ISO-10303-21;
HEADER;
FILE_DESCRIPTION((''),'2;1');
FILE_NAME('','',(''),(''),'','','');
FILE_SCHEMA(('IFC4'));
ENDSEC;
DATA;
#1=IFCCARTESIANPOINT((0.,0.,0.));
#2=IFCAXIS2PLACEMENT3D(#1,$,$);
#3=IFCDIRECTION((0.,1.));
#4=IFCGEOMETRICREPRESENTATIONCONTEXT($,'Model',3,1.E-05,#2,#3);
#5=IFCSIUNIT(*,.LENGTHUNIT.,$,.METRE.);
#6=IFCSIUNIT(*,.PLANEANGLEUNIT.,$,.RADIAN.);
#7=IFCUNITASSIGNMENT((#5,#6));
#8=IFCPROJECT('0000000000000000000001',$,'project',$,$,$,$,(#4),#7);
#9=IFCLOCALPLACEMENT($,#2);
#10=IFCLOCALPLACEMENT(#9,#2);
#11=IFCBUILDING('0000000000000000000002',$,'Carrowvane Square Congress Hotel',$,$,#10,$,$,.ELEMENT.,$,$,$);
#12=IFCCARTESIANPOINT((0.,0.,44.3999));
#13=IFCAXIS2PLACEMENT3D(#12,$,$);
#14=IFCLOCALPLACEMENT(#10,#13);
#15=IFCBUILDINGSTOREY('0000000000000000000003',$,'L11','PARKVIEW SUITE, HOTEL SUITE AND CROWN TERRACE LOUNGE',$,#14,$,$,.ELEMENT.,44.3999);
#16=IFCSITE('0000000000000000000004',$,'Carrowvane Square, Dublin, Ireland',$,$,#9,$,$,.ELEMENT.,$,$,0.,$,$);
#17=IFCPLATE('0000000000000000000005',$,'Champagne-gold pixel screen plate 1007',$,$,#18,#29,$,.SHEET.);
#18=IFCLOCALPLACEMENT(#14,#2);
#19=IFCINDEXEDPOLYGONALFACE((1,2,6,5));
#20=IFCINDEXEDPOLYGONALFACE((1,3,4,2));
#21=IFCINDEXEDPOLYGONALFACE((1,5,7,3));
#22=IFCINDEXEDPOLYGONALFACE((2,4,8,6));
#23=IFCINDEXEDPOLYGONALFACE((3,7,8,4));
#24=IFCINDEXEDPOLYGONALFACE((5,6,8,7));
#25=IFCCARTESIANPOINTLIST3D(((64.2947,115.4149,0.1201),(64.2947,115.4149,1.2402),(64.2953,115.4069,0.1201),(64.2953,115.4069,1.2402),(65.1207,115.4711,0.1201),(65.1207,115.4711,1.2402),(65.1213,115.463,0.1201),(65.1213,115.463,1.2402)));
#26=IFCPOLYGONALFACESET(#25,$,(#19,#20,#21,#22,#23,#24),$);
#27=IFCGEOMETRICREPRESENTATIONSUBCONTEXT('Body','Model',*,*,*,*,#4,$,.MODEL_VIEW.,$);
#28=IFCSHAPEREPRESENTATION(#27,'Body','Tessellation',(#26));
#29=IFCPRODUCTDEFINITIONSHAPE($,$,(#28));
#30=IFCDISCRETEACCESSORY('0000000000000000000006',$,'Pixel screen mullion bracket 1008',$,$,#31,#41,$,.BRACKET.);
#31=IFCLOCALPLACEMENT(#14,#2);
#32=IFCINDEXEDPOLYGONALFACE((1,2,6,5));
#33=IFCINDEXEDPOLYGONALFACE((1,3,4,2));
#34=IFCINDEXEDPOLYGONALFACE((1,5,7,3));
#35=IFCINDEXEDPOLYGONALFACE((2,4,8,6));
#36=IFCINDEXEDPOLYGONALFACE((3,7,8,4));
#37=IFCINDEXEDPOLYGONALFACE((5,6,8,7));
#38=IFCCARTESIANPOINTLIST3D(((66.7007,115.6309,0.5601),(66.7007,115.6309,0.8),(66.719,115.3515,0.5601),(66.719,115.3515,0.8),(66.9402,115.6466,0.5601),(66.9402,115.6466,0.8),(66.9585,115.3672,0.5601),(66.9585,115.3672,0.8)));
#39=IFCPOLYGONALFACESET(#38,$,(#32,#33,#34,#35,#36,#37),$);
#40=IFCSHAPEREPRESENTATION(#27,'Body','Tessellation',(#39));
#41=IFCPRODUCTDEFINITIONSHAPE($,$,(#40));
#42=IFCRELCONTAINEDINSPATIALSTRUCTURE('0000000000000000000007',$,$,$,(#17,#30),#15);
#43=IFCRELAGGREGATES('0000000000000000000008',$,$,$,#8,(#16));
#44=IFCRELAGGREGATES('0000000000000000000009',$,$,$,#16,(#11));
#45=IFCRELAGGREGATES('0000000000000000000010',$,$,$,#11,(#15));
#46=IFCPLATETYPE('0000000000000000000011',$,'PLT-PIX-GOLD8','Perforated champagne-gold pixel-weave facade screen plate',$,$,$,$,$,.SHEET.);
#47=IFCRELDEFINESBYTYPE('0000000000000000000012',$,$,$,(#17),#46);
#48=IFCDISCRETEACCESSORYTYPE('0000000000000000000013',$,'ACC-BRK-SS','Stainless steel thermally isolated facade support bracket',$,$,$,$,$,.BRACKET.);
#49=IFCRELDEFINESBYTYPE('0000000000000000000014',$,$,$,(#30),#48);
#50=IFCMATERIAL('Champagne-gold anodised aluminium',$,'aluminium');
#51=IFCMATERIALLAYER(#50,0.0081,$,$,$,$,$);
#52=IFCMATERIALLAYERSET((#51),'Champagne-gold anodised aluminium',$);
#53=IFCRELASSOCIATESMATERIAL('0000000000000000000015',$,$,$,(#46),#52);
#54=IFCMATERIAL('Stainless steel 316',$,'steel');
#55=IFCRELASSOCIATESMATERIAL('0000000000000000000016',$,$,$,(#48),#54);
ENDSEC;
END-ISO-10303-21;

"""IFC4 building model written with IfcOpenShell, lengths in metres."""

from ifc_helpers import new_model, si_unit, direction, frame, origin, origin_2d, place, context, subcontext, project, spatial, rectangle, extrude, material, layer, layer_set, type_object, element, save


model = new_model("IFC4")

# Units and contexts
model_context = context("Model", 3, precision=1e-05, world=origin(), true_north=direction((0.0, 1.0)))
body_context = subcontext(model_context, "Body", "Model", "MODEL_VIEW")
ifc_project = project(units=[si_unit("LENGTHUNIT", "METRE"), si_unit("PLANEANGLEUNIT", "RADIAN")], contexts=[model_context])

# Site, building, storey
site_placement = place(None, origin())
site = spatial("IfcSite", under=ifc_project, at=site_placement, Name="Carrowvane Square, Dublin, Ireland", CompositionType="ELEMENT", RefElevation=0.0)
building_placement = place(site_placement, origin())
building = spatial("IfcBuilding", under=site, at=building_placement, Name="Carrowvane Square Congress Hotel", CompositionType="ELEMENT")
storey_placement = place(building_placement, frame((0.0, 0.0, 44.3999)))
storey = spatial("IfcBuildingStorey", under=building, at=storey_placement, Name="L11", Description="PARKVIEW SUITE, HOTEL SUITE AND CROWN TERRACE LOUNGE", CompositionType="ELEMENT", Elevation=44.3999)

# Plate
ifc_material_1 = material(Name="Champagne-gold anodised aluminium", Category="aluminium")
ifc_layer_1 = layer(ifc_material_1, 0.0081)
ifc_layer_set_1 = layer_set([ifc_layer_1], Name="Champagne-gold anodised aluminium")
plate_type_1 = type_object("IfcPlateType", Name="PLT-PIX-GOLD8", Description="Perforated champagne-gold pixel-weave facade screen plate", PredefinedType="SHEET", material=ifc_layer_set_1)
plate_1_placement = place(storey_placement, frame((64.708, 115.439, 0.1201), z_axis=(0.0, 0.0, 1.0), x_axis=(0.997694, 0.067866, 0.0)))
element("IfcPlate", 1, at=plate_1_placement, inside=storey, type_object=plate_type_1, Name="Champagne-gold pixel screen plate 1007", PredefinedType="SHEET", context=body_context, shape_type="SweptSolid", body=[
    extrude(rectangle(XDim=0.8279, YDim=0.0081, at=origin_2d()), origin(), (0.0, 0.0, 1.0), 1.1201),
])

# Discrete accessory
ifc_material_2 = material(Name="Stainless steel 316", Category="steel")
discrete_accessory_type = type_object("IfcDiscreteAccessoryType", Name="ACC-BRK-SS", Description="Stainless steel thermally isolated facade support bracket", PredefinedType="BRACKET", material=ifc_material_2)
discrete_accessory_placement = place(storey_placement, frame((66.8296, 115.499, 0.5601), z_axis=(0.0, 0.0, 1.0), x_axis=(0.997858, 0.065413, 0.0)))
element("IfcDiscreteAccessory", 2, at=discrete_accessory_placement, inside=storey, type_object=discrete_accessory_type, Name="Pixel screen mullion bracket 1008", PredefinedType="BRACKET", context=body_context, shape_type="SweptSolid", body=[
    extrude(rectangle(XDim=0.24, YDim=0.28, at=origin_2d()), origin(), (0.0, 0.0, 1.0), 0.24),
])

save(model, "model.ifc")
